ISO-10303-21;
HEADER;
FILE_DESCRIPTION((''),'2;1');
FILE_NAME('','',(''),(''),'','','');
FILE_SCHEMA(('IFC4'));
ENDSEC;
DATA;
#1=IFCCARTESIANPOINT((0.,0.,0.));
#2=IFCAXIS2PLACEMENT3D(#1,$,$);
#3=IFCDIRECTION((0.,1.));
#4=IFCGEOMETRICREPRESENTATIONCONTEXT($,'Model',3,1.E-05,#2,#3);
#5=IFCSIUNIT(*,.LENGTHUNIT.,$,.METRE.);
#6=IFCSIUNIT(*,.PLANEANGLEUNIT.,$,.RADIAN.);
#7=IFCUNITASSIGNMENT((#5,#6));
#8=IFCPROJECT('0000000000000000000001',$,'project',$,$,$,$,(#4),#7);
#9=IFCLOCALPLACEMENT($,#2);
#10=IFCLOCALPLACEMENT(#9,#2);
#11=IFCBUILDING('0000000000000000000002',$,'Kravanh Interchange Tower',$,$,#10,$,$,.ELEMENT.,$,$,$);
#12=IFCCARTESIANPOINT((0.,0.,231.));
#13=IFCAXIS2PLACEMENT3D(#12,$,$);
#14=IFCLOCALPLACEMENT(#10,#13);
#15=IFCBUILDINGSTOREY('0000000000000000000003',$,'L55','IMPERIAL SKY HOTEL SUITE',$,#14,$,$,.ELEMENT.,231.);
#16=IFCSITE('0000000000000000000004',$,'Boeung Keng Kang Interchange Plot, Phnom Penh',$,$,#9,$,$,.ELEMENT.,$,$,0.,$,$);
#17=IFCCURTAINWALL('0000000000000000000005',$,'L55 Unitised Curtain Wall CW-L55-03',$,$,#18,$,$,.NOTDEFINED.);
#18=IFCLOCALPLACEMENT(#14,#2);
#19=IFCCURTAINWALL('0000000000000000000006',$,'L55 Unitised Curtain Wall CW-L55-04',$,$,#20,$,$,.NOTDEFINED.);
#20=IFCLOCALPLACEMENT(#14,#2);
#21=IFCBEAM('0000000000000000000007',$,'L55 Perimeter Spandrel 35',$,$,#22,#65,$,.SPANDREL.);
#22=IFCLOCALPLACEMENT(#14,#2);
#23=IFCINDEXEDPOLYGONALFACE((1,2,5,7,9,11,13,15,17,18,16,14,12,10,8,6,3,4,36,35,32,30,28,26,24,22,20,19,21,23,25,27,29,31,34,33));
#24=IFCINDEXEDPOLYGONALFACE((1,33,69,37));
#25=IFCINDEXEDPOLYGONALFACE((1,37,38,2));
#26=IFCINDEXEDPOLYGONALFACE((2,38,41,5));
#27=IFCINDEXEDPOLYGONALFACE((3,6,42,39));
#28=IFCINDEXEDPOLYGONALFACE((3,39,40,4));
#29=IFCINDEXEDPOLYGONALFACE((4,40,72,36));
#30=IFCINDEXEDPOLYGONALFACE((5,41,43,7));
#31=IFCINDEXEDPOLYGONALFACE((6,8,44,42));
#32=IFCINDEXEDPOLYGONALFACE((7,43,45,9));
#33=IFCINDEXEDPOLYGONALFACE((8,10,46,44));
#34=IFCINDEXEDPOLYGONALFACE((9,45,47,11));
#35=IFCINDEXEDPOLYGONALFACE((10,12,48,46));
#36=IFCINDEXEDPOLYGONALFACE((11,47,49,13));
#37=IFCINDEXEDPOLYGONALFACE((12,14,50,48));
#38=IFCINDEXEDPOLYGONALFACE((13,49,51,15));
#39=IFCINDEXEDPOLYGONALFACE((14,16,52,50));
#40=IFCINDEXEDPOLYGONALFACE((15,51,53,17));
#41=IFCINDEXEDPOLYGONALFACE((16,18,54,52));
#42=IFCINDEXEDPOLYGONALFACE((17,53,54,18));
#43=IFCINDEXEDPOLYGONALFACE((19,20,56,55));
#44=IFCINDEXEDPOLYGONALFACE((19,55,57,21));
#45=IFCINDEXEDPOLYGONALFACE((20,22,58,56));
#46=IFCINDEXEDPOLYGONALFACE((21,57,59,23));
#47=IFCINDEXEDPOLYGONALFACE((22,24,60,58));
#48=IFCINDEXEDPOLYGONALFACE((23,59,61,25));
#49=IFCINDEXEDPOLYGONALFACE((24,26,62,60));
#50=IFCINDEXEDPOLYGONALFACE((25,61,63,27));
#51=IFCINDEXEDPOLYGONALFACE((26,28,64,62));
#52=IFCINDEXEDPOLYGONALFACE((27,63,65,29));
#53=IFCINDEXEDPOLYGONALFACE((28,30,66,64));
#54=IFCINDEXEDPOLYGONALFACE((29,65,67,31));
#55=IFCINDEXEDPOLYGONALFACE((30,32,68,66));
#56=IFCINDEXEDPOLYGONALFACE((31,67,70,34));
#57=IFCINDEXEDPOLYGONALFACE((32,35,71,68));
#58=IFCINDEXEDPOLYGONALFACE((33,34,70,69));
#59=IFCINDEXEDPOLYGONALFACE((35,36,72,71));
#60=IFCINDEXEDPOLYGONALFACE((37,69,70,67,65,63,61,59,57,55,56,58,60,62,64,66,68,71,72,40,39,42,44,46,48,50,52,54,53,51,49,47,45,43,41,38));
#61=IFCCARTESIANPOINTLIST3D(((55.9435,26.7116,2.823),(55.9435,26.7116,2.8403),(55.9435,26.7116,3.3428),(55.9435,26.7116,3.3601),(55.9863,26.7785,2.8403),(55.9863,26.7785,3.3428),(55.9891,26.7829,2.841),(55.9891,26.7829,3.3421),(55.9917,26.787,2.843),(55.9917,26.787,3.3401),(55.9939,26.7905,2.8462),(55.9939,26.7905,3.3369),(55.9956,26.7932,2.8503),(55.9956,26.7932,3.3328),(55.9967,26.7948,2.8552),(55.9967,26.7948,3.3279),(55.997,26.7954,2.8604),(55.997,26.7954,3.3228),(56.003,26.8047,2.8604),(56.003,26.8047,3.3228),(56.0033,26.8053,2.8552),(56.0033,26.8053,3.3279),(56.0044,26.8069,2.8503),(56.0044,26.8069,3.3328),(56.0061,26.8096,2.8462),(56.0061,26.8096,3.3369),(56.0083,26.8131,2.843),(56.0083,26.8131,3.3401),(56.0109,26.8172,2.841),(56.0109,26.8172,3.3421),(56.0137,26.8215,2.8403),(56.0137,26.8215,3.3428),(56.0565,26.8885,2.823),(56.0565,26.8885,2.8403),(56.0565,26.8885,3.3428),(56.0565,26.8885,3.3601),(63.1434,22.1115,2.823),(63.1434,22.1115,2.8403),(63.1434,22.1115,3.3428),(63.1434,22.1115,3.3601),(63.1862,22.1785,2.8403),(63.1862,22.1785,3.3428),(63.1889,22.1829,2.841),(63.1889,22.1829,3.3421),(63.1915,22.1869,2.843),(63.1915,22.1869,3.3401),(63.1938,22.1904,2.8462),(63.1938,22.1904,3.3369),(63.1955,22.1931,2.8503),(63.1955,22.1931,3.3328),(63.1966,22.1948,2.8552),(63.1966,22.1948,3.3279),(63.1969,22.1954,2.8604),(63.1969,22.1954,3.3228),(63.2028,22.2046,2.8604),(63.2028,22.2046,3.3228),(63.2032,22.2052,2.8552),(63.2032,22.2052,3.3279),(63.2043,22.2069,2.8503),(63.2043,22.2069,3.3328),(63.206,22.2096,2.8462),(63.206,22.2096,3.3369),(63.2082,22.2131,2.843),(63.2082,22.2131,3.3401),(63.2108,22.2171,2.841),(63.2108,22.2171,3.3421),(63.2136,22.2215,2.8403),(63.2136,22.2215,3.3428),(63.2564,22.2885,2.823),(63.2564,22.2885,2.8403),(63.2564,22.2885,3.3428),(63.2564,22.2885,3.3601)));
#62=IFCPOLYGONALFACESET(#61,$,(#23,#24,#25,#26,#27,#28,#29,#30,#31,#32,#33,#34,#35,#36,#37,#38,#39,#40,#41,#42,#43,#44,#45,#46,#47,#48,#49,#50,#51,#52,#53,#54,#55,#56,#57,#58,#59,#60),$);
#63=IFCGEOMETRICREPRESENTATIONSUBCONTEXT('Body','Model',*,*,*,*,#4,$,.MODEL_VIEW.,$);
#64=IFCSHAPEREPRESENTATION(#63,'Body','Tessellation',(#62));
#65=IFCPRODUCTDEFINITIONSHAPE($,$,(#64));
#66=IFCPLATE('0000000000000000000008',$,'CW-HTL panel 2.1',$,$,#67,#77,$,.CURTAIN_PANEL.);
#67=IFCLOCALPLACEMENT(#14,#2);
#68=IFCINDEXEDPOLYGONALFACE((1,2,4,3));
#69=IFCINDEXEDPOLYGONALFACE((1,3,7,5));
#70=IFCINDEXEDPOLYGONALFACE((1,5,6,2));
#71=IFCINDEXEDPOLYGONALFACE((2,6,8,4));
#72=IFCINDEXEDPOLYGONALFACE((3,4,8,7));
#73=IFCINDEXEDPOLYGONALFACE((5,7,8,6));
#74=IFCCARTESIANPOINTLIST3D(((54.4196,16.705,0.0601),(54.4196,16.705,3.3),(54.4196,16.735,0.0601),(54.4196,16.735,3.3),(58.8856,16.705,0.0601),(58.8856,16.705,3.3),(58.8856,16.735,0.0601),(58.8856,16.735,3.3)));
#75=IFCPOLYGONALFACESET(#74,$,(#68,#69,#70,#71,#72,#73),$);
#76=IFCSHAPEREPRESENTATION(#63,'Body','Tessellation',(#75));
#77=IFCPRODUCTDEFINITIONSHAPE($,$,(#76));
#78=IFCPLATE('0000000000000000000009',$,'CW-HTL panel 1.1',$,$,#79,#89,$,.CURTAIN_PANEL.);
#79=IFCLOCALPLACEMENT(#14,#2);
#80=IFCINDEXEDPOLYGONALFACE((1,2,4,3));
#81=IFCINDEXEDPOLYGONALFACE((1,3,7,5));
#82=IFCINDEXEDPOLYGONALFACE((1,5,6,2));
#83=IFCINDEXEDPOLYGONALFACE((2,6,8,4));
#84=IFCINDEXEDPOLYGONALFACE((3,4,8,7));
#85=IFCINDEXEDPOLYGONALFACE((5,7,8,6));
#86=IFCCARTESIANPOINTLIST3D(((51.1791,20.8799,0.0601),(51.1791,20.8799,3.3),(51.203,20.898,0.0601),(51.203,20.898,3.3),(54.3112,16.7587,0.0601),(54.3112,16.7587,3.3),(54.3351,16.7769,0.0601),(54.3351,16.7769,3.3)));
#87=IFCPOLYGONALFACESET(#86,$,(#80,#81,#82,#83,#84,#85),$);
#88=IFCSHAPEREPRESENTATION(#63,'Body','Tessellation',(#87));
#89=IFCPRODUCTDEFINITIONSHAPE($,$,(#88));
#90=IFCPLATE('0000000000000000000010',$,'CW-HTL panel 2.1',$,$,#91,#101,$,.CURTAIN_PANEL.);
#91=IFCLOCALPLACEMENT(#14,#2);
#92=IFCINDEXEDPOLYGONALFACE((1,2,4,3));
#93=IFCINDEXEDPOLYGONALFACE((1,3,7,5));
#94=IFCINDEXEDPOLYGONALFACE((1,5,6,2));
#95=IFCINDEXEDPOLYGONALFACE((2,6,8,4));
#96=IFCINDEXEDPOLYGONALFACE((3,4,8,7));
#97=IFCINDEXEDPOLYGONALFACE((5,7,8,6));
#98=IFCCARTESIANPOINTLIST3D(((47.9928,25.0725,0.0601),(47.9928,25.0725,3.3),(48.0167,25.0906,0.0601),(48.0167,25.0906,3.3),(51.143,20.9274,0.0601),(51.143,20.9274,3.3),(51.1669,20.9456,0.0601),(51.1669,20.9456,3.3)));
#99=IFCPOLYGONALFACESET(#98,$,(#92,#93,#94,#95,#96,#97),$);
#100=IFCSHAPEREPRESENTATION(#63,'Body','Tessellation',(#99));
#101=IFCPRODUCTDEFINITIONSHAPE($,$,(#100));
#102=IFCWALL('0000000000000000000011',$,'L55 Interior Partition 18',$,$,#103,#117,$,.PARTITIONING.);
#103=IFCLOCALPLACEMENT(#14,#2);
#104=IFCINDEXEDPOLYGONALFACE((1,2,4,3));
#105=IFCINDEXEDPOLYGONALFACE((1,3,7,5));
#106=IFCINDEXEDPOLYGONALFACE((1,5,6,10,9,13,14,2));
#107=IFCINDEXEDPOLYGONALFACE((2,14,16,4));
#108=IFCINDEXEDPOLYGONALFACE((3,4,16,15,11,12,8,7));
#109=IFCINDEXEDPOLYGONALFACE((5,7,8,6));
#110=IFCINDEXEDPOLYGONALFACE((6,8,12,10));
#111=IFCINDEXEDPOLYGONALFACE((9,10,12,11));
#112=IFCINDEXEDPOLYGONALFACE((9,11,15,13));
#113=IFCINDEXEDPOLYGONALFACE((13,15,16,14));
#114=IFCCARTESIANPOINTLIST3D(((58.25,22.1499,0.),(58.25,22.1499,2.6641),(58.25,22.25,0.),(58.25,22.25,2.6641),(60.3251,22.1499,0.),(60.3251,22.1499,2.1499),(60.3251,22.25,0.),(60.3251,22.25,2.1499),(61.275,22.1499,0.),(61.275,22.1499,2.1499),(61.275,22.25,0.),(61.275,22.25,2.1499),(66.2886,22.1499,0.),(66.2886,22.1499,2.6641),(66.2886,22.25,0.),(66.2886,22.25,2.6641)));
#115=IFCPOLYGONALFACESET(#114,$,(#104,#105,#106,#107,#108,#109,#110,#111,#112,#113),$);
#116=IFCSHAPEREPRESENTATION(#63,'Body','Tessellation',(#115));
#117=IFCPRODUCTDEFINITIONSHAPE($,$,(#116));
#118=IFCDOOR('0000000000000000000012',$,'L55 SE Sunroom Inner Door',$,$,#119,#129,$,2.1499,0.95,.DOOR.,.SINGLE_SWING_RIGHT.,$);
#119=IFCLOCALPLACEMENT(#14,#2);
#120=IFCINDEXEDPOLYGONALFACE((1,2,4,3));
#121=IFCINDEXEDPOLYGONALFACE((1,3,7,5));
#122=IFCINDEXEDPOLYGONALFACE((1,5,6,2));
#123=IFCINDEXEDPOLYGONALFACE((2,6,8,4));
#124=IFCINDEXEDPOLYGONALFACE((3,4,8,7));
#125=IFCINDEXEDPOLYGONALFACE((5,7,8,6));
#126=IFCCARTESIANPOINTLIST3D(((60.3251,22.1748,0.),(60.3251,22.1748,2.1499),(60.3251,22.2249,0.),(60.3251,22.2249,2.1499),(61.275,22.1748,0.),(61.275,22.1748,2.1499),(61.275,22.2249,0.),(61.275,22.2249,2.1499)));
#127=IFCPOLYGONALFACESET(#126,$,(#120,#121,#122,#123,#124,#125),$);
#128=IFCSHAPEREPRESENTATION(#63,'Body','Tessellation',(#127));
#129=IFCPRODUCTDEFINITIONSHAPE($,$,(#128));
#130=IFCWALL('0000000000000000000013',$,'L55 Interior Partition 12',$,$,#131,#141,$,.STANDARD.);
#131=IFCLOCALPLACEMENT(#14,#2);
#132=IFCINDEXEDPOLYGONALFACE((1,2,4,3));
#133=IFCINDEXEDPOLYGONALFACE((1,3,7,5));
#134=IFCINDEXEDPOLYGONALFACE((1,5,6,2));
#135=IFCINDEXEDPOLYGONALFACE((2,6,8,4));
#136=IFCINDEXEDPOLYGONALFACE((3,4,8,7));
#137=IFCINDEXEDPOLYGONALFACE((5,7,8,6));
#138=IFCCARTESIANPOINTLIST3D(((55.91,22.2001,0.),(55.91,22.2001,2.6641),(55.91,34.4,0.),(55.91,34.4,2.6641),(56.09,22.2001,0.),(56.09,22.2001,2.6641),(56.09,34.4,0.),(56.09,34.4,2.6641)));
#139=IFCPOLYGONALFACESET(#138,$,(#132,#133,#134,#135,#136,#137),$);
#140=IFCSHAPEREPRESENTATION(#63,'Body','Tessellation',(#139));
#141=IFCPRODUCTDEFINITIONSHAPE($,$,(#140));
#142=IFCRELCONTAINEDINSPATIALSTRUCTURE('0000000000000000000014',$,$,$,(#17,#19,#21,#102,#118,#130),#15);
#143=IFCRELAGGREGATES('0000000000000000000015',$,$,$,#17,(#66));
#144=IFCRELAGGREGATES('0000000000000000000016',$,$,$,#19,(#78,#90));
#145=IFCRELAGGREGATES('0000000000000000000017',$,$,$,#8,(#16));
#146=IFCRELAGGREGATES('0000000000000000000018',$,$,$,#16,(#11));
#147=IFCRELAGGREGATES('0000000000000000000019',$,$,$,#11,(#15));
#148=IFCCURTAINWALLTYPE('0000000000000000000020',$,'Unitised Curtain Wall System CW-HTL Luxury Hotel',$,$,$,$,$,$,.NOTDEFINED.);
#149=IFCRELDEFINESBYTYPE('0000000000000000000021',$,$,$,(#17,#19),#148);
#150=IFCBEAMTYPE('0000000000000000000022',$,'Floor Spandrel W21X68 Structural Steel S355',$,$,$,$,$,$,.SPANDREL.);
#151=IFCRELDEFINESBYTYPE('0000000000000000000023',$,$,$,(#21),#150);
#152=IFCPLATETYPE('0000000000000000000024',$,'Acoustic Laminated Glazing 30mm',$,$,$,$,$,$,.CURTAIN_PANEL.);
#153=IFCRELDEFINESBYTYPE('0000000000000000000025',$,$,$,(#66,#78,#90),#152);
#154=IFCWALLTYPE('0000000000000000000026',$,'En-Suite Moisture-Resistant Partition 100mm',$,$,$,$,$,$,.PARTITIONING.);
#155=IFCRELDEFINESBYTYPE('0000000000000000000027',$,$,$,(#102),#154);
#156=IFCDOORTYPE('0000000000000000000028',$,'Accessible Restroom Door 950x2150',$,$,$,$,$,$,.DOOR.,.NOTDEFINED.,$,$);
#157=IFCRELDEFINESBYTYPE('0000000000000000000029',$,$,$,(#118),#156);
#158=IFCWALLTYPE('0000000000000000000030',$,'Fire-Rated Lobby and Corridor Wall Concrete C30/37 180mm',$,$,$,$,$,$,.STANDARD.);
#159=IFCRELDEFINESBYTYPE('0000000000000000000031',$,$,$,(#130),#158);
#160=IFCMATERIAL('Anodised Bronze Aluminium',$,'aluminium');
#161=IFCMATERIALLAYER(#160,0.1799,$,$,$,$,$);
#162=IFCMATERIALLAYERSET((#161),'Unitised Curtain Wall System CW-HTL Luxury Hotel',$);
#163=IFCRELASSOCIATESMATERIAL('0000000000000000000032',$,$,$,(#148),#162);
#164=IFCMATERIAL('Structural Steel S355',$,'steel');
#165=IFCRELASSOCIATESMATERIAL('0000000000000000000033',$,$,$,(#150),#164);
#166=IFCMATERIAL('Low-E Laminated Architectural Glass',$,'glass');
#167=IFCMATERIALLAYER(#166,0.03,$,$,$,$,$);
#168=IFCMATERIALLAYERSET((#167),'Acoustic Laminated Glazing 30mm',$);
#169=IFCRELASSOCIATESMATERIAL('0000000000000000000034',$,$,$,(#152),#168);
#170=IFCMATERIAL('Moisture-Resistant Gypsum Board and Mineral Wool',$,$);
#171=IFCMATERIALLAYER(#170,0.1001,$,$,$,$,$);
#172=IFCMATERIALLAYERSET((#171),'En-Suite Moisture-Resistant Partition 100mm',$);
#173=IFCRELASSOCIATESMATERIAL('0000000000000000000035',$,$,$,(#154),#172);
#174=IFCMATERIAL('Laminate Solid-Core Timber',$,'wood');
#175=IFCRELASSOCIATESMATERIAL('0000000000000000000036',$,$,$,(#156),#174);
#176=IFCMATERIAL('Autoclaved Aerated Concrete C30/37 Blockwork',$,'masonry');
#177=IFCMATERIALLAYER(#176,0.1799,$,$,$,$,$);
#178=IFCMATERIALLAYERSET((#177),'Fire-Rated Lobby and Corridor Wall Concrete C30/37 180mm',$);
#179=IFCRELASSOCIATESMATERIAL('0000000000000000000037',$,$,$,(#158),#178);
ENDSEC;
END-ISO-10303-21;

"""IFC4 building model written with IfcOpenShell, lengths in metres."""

from ifc_helpers import new_model, si_unit, direction, frame, frame_2d, origin, origin_2d, place, context, subcontext, project, spatial, rectangle, i_section, extrude, material, layer, layer_set, material_profile, profile_set, type_object, element, fill, aggregate, save


model = new_model("IFC4")

# Units and contexts
model_context = context("Model", 3, precision=1e-05, world=origin(), true_north=direction((0.0, 1.0)))
body_context = subcontext(model_context, "Body", "Model", "MODEL_VIEW")
ifc_project = project(units=[si_unit("LENGTHUNIT", "METRE"), si_unit("PLANEANGLEUNIT", "RADIAN")], contexts=[model_context])

# Site, building, storey
site_placement = place(None, origin())
site = spatial("IfcSite", under=ifc_project, at=site_placement, Name="Boeung Keng Kang Interchange Plot, Phnom Penh", CompositionType="ELEMENT", RefElevation=0.0)
building_placement = place(site_placement, origin())
building = spatial("IfcBuilding", under=site, at=building_placement, Name="Kravanh Interchange Tower", CompositionType="ELEMENT")
storey_placement = place(building_placement, frame((0.0, 0.0, 231.0)))
storey = spatial("IfcBuildingStorey", under=building, at=storey_placement, Name="L55", Description="IMPERIAL SKY HOTEL SUITE", CompositionType="ELEMENT", Elevation=231.0)

# Curtain wall
ifc_material_1 = material(Name="Anodised Bronze Aluminium", Category="aluminium")
ifc_layer_1 = layer(ifc_material_1, 0.1799)
ifc_layer_set_1 = layer_set([ifc_layer_1], Name="Unitised Curtain Wall System CW-HTL Luxury Hotel")
curtain_wall_type = type_object("IfcCurtainWallType", Name="Unitised Curtain Wall System CW-HTL Luxury Hotel", PredefinedType="NOTDEFINED", material=ifc_layer_set_1)
curtain_wall_1_placement = place(storey_placement, origin())
curtain_wall_1 = element("IfcCurtainWall", 1, at=curtain_wall_1_placement, inside=storey, type_object=curtain_wall_type, Name="L55 Unitised Curtain Wall CW-L55-03", PredefinedType="NOTDEFINED")

# Curtain wall
curtain_wall_2_placement = place(storey_placement, origin())
curtain_wall_2 = element("IfcCurtainWall", 2, at=curtain_wall_2_placement, inside=storey, type_object=curtain_wall_type, Name="L55 Unitised Curtain Wall CW-L55-04", PredefinedType="NOTDEFINED")

# Beam
ifc_material_2 = material(Name="Structural Steel S355", Category="steel")
ifc_material_profile_1 = material_profile(ifc_material_2, i_section(OverallWidth=0.21, OverallDepth=0.5371, WebThickness=0.011, FlangeThickness=0.0173, FilletRadius=0.02, at=origin_2d()), Name="W21X68")
ifc_profile_set_1 = profile_set([ifc_material_profile_1], Name="Structural Steel S355")
beam_type_1 = type_object("IfcBeamType", Name="Floor Spandrel W21X68 Structural Steel S355", PredefinedType="SPANDREL", material=ifc_profile_set_1)
beam_1_placement = place(storey_placement, frame((56.0, 26.8, 3.0916), z_axis=(0.842689, -0.5384, 0.0), x_axis=(0.5384, 0.842689, 0.0)))
element("IfcBeam", 3, at=beam_1_placement, inside=storey, type_object=beam_type_1, Name="L55 Perimeter Spandrel 35", PredefinedType="SPANDREL", context=body_context, shape_type="SweptSolid", body=[
    extrude(i_section(OverallWidth=0.21, OverallDepth=0.5371, WebThickness=0.011, FlangeThickness=0.0173, FilletRadius=0.02, at=origin_2d()), origin(), (0.0, 0.0, 1.0), 8.5439),
])

# Plates
ifc_material_3 = material(Name="Low-E Laminated Architectural Glass", Category="glass")
ifc_layer_2 = layer(ifc_material_3, 0.03)
ifc_layer_set_2 = layer_set([ifc_layer_2], Name="Acoustic Laminated Glazing 30mm")
plate_type = type_object("IfcPlateType", Name="Acoustic Laminated Glazing 30mm", PredefinedType="CURTAIN_PANEL", material=ifc_layer_set_2)
plate_1_placement = place(storey_placement, frame((56.6526, 16.72, 0.0601), z_axis=(0.0, 0.0, 1.0), x_axis=(-1.0, 0.0, 0.0)))
plate_1 = element("IfcPlate", 4, at=plate_1_placement, type_object=plate_type, Name="CW-HTL panel 2.1", PredefinedType="CURTAIN_PANEL", context=body_context, shape_type="SweptSolid", body=[
    extrude(rectangle(XDim=4.4661, YDim=0.03, at=origin_2d()), origin(), (0.0, 0.0, 1.0), 3.24),
])
aggregate(curtain_wall_1, [plate_1])
plate_2_placement = place(storey_placement, frame((52.7571, 18.8284, 0.0601), z_axis=(0.0, 0.0, 1.0), x_axis=(-0.605083, 0.796162, 0.0)))
plate_2 = element("IfcPlate", 5, at=plate_2_placement, type_object=plate_type, Name="CW-HTL panel 1.1", PredefinedType="CURTAIN_PANEL", context=body_context, shape_type="SweptSolid", body=[
    extrude(rectangle(XDim=5.1763, YDim=0.03, at=origin_2d()), origin(), (0.0, 0.0, 1.0), 3.24),
])
plate_3_placement = place(storey_placement, frame((49.5798, 23.009, 0.0601), z_axis=(0.0, 0.0, 1.0), x_axis=(-0.605083, 0.796162, 0.0)))
plate_3 = element("IfcPlate", 6, at=plate_3_placement, type_object=plate_type, Name="CW-HTL panel 2.1", PredefinedType="CURTAIN_PANEL", context=body_context, shape_type="SweptSolid", body=[
    extrude(rectangle(XDim=5.2063, YDim=0.03, at=origin_2d()), origin(), (0.0, 0.0, 1.0), 3.24),
])
aggregate(curtain_wall_2, [plate_2, plate_3])

# Wall, opening, door
ifc_material_4 = material(Name="Moisture-Resistant Gypsum Board and Mineral Wool")
ifc_layer_3 = layer(ifc_material_4, 0.1001)
ifc_layer_set_3 = layer_set([ifc_layer_3], Name="En-Suite Moisture-Resistant Partition 100mm")
wall_type_1 = type_object("IfcWallType", Name="En-Suite Moisture-Resistant Partition 100mm", PredefinedType="PARTITIONING", material=ifc_layer_set_3)
wall_1_placement = place(storey_placement, frame((58.25, 22.2, 0.0), z_axis=(0.0, 0.0, 1.0), x_axis=(1.0, 0.0, 0.0)))
wall_1 = element("IfcWall", 7, at=wall_1_placement, inside=storey, type_object=wall_type_1, Name="L55 Interior Partition 18", PredefinedType="PARTITIONING", context=body_context, shape_type="SweptSolid", body=[
    extrude(rectangle(XDim=8.0386, YDim=0.1001, at=frame_2d((4.0193, 0.0))), origin(), (0.0, 0.0, 1.0), 2.6641),
])
opening_1_placement = place(wall_1_placement, frame((2.075, 0.0, 0.0)))
opening_1 = element("IfcOpeningElement", 8, at=opening_1_placement, cuts=wall_1, PredefinedType="OPENING", context=body_context, shape_type="SweptSolid", body=[
    extrude(rectangle(XDim=0.95, YDim=2.1499, at=frame_2d((0.4751, 1.075))), frame((0.0, 0.0601, 0.0), z_axis=(0.0, -1.0, 0.0), x_axis=(1.0, 0.0, 0.0)), (0.0, 0.0, 1.0), 0.1201),
])
ifc_material_5 = material(Name="Laminate Solid-Core Timber", Category="wood")
door_type_1 = type_object("IfcDoorType", Name="Accessible Restroom Door 950x2150", OperationType="NOTDEFINED", PredefinedType="DOOR", material=ifc_material_5)
door_1_placement = place(opening_1_placement, origin())
door_1 = element("IfcDoor", 9, at=door_1_placement, inside=storey, type_object=door_type_1, Name="L55 SE Sunroom Inner Door", OperationType="SINGLE_SWING_RIGHT", OverallHeight=2.1499, OverallWidth=0.95, PredefinedType="DOOR", context=body_context, shape_type="SweptSolid", body=[
    extrude(rectangle(XDim=0.95, YDim=2.1499, at=frame_2d((0.4751, 1.075))), frame((0.0, 0.0249, 0.0), z_axis=(0.0, -1.0, 0.0), x_axis=(1.0, 0.0, 0.0)), (0.0, 0.0, 1.0), 0.05),
])
fill(opening_1, door_1)

# Wall
ifc_material_6 = material(Name="Autoclaved Aerated Concrete C30/37 Blockwork", Category="masonry")
ifc_layer_4 = layer(ifc_material_6, 0.1799)
ifc_layer_set_4 = layer_set([ifc_layer_4], Name="Fire-Rated Lobby and Corridor Wall Concrete C30/37 180mm")
wall_type_2 = type_object("IfcWallType", Name="Fire-Rated Lobby and Corridor Wall Concrete C30/37 180mm", PredefinedType="STANDARD", material=ifc_layer_set_4)
wall_2_placement = place(storey_placement, frame((56.0, 22.2, 0.0), z_axis=(0.0, 0.0, 1.0), x_axis=(0.0, 1.0, 0.0)))
element("IfcWall", 10, at=wall_2_placement, inside=storey, type_object=wall_type_2, Name="L55 Interior Partition 12", PredefinedType="STANDARD", context=body_context, shape_type="SweptSolid", body=[
    extrude(rectangle(XDim=12.2, YDim=0.1799, at=frame_2d((6.1001, 0.0))), origin(), (0.0, 0.0, 1.0), 2.6641),
])

save(model, "model.ifc")
